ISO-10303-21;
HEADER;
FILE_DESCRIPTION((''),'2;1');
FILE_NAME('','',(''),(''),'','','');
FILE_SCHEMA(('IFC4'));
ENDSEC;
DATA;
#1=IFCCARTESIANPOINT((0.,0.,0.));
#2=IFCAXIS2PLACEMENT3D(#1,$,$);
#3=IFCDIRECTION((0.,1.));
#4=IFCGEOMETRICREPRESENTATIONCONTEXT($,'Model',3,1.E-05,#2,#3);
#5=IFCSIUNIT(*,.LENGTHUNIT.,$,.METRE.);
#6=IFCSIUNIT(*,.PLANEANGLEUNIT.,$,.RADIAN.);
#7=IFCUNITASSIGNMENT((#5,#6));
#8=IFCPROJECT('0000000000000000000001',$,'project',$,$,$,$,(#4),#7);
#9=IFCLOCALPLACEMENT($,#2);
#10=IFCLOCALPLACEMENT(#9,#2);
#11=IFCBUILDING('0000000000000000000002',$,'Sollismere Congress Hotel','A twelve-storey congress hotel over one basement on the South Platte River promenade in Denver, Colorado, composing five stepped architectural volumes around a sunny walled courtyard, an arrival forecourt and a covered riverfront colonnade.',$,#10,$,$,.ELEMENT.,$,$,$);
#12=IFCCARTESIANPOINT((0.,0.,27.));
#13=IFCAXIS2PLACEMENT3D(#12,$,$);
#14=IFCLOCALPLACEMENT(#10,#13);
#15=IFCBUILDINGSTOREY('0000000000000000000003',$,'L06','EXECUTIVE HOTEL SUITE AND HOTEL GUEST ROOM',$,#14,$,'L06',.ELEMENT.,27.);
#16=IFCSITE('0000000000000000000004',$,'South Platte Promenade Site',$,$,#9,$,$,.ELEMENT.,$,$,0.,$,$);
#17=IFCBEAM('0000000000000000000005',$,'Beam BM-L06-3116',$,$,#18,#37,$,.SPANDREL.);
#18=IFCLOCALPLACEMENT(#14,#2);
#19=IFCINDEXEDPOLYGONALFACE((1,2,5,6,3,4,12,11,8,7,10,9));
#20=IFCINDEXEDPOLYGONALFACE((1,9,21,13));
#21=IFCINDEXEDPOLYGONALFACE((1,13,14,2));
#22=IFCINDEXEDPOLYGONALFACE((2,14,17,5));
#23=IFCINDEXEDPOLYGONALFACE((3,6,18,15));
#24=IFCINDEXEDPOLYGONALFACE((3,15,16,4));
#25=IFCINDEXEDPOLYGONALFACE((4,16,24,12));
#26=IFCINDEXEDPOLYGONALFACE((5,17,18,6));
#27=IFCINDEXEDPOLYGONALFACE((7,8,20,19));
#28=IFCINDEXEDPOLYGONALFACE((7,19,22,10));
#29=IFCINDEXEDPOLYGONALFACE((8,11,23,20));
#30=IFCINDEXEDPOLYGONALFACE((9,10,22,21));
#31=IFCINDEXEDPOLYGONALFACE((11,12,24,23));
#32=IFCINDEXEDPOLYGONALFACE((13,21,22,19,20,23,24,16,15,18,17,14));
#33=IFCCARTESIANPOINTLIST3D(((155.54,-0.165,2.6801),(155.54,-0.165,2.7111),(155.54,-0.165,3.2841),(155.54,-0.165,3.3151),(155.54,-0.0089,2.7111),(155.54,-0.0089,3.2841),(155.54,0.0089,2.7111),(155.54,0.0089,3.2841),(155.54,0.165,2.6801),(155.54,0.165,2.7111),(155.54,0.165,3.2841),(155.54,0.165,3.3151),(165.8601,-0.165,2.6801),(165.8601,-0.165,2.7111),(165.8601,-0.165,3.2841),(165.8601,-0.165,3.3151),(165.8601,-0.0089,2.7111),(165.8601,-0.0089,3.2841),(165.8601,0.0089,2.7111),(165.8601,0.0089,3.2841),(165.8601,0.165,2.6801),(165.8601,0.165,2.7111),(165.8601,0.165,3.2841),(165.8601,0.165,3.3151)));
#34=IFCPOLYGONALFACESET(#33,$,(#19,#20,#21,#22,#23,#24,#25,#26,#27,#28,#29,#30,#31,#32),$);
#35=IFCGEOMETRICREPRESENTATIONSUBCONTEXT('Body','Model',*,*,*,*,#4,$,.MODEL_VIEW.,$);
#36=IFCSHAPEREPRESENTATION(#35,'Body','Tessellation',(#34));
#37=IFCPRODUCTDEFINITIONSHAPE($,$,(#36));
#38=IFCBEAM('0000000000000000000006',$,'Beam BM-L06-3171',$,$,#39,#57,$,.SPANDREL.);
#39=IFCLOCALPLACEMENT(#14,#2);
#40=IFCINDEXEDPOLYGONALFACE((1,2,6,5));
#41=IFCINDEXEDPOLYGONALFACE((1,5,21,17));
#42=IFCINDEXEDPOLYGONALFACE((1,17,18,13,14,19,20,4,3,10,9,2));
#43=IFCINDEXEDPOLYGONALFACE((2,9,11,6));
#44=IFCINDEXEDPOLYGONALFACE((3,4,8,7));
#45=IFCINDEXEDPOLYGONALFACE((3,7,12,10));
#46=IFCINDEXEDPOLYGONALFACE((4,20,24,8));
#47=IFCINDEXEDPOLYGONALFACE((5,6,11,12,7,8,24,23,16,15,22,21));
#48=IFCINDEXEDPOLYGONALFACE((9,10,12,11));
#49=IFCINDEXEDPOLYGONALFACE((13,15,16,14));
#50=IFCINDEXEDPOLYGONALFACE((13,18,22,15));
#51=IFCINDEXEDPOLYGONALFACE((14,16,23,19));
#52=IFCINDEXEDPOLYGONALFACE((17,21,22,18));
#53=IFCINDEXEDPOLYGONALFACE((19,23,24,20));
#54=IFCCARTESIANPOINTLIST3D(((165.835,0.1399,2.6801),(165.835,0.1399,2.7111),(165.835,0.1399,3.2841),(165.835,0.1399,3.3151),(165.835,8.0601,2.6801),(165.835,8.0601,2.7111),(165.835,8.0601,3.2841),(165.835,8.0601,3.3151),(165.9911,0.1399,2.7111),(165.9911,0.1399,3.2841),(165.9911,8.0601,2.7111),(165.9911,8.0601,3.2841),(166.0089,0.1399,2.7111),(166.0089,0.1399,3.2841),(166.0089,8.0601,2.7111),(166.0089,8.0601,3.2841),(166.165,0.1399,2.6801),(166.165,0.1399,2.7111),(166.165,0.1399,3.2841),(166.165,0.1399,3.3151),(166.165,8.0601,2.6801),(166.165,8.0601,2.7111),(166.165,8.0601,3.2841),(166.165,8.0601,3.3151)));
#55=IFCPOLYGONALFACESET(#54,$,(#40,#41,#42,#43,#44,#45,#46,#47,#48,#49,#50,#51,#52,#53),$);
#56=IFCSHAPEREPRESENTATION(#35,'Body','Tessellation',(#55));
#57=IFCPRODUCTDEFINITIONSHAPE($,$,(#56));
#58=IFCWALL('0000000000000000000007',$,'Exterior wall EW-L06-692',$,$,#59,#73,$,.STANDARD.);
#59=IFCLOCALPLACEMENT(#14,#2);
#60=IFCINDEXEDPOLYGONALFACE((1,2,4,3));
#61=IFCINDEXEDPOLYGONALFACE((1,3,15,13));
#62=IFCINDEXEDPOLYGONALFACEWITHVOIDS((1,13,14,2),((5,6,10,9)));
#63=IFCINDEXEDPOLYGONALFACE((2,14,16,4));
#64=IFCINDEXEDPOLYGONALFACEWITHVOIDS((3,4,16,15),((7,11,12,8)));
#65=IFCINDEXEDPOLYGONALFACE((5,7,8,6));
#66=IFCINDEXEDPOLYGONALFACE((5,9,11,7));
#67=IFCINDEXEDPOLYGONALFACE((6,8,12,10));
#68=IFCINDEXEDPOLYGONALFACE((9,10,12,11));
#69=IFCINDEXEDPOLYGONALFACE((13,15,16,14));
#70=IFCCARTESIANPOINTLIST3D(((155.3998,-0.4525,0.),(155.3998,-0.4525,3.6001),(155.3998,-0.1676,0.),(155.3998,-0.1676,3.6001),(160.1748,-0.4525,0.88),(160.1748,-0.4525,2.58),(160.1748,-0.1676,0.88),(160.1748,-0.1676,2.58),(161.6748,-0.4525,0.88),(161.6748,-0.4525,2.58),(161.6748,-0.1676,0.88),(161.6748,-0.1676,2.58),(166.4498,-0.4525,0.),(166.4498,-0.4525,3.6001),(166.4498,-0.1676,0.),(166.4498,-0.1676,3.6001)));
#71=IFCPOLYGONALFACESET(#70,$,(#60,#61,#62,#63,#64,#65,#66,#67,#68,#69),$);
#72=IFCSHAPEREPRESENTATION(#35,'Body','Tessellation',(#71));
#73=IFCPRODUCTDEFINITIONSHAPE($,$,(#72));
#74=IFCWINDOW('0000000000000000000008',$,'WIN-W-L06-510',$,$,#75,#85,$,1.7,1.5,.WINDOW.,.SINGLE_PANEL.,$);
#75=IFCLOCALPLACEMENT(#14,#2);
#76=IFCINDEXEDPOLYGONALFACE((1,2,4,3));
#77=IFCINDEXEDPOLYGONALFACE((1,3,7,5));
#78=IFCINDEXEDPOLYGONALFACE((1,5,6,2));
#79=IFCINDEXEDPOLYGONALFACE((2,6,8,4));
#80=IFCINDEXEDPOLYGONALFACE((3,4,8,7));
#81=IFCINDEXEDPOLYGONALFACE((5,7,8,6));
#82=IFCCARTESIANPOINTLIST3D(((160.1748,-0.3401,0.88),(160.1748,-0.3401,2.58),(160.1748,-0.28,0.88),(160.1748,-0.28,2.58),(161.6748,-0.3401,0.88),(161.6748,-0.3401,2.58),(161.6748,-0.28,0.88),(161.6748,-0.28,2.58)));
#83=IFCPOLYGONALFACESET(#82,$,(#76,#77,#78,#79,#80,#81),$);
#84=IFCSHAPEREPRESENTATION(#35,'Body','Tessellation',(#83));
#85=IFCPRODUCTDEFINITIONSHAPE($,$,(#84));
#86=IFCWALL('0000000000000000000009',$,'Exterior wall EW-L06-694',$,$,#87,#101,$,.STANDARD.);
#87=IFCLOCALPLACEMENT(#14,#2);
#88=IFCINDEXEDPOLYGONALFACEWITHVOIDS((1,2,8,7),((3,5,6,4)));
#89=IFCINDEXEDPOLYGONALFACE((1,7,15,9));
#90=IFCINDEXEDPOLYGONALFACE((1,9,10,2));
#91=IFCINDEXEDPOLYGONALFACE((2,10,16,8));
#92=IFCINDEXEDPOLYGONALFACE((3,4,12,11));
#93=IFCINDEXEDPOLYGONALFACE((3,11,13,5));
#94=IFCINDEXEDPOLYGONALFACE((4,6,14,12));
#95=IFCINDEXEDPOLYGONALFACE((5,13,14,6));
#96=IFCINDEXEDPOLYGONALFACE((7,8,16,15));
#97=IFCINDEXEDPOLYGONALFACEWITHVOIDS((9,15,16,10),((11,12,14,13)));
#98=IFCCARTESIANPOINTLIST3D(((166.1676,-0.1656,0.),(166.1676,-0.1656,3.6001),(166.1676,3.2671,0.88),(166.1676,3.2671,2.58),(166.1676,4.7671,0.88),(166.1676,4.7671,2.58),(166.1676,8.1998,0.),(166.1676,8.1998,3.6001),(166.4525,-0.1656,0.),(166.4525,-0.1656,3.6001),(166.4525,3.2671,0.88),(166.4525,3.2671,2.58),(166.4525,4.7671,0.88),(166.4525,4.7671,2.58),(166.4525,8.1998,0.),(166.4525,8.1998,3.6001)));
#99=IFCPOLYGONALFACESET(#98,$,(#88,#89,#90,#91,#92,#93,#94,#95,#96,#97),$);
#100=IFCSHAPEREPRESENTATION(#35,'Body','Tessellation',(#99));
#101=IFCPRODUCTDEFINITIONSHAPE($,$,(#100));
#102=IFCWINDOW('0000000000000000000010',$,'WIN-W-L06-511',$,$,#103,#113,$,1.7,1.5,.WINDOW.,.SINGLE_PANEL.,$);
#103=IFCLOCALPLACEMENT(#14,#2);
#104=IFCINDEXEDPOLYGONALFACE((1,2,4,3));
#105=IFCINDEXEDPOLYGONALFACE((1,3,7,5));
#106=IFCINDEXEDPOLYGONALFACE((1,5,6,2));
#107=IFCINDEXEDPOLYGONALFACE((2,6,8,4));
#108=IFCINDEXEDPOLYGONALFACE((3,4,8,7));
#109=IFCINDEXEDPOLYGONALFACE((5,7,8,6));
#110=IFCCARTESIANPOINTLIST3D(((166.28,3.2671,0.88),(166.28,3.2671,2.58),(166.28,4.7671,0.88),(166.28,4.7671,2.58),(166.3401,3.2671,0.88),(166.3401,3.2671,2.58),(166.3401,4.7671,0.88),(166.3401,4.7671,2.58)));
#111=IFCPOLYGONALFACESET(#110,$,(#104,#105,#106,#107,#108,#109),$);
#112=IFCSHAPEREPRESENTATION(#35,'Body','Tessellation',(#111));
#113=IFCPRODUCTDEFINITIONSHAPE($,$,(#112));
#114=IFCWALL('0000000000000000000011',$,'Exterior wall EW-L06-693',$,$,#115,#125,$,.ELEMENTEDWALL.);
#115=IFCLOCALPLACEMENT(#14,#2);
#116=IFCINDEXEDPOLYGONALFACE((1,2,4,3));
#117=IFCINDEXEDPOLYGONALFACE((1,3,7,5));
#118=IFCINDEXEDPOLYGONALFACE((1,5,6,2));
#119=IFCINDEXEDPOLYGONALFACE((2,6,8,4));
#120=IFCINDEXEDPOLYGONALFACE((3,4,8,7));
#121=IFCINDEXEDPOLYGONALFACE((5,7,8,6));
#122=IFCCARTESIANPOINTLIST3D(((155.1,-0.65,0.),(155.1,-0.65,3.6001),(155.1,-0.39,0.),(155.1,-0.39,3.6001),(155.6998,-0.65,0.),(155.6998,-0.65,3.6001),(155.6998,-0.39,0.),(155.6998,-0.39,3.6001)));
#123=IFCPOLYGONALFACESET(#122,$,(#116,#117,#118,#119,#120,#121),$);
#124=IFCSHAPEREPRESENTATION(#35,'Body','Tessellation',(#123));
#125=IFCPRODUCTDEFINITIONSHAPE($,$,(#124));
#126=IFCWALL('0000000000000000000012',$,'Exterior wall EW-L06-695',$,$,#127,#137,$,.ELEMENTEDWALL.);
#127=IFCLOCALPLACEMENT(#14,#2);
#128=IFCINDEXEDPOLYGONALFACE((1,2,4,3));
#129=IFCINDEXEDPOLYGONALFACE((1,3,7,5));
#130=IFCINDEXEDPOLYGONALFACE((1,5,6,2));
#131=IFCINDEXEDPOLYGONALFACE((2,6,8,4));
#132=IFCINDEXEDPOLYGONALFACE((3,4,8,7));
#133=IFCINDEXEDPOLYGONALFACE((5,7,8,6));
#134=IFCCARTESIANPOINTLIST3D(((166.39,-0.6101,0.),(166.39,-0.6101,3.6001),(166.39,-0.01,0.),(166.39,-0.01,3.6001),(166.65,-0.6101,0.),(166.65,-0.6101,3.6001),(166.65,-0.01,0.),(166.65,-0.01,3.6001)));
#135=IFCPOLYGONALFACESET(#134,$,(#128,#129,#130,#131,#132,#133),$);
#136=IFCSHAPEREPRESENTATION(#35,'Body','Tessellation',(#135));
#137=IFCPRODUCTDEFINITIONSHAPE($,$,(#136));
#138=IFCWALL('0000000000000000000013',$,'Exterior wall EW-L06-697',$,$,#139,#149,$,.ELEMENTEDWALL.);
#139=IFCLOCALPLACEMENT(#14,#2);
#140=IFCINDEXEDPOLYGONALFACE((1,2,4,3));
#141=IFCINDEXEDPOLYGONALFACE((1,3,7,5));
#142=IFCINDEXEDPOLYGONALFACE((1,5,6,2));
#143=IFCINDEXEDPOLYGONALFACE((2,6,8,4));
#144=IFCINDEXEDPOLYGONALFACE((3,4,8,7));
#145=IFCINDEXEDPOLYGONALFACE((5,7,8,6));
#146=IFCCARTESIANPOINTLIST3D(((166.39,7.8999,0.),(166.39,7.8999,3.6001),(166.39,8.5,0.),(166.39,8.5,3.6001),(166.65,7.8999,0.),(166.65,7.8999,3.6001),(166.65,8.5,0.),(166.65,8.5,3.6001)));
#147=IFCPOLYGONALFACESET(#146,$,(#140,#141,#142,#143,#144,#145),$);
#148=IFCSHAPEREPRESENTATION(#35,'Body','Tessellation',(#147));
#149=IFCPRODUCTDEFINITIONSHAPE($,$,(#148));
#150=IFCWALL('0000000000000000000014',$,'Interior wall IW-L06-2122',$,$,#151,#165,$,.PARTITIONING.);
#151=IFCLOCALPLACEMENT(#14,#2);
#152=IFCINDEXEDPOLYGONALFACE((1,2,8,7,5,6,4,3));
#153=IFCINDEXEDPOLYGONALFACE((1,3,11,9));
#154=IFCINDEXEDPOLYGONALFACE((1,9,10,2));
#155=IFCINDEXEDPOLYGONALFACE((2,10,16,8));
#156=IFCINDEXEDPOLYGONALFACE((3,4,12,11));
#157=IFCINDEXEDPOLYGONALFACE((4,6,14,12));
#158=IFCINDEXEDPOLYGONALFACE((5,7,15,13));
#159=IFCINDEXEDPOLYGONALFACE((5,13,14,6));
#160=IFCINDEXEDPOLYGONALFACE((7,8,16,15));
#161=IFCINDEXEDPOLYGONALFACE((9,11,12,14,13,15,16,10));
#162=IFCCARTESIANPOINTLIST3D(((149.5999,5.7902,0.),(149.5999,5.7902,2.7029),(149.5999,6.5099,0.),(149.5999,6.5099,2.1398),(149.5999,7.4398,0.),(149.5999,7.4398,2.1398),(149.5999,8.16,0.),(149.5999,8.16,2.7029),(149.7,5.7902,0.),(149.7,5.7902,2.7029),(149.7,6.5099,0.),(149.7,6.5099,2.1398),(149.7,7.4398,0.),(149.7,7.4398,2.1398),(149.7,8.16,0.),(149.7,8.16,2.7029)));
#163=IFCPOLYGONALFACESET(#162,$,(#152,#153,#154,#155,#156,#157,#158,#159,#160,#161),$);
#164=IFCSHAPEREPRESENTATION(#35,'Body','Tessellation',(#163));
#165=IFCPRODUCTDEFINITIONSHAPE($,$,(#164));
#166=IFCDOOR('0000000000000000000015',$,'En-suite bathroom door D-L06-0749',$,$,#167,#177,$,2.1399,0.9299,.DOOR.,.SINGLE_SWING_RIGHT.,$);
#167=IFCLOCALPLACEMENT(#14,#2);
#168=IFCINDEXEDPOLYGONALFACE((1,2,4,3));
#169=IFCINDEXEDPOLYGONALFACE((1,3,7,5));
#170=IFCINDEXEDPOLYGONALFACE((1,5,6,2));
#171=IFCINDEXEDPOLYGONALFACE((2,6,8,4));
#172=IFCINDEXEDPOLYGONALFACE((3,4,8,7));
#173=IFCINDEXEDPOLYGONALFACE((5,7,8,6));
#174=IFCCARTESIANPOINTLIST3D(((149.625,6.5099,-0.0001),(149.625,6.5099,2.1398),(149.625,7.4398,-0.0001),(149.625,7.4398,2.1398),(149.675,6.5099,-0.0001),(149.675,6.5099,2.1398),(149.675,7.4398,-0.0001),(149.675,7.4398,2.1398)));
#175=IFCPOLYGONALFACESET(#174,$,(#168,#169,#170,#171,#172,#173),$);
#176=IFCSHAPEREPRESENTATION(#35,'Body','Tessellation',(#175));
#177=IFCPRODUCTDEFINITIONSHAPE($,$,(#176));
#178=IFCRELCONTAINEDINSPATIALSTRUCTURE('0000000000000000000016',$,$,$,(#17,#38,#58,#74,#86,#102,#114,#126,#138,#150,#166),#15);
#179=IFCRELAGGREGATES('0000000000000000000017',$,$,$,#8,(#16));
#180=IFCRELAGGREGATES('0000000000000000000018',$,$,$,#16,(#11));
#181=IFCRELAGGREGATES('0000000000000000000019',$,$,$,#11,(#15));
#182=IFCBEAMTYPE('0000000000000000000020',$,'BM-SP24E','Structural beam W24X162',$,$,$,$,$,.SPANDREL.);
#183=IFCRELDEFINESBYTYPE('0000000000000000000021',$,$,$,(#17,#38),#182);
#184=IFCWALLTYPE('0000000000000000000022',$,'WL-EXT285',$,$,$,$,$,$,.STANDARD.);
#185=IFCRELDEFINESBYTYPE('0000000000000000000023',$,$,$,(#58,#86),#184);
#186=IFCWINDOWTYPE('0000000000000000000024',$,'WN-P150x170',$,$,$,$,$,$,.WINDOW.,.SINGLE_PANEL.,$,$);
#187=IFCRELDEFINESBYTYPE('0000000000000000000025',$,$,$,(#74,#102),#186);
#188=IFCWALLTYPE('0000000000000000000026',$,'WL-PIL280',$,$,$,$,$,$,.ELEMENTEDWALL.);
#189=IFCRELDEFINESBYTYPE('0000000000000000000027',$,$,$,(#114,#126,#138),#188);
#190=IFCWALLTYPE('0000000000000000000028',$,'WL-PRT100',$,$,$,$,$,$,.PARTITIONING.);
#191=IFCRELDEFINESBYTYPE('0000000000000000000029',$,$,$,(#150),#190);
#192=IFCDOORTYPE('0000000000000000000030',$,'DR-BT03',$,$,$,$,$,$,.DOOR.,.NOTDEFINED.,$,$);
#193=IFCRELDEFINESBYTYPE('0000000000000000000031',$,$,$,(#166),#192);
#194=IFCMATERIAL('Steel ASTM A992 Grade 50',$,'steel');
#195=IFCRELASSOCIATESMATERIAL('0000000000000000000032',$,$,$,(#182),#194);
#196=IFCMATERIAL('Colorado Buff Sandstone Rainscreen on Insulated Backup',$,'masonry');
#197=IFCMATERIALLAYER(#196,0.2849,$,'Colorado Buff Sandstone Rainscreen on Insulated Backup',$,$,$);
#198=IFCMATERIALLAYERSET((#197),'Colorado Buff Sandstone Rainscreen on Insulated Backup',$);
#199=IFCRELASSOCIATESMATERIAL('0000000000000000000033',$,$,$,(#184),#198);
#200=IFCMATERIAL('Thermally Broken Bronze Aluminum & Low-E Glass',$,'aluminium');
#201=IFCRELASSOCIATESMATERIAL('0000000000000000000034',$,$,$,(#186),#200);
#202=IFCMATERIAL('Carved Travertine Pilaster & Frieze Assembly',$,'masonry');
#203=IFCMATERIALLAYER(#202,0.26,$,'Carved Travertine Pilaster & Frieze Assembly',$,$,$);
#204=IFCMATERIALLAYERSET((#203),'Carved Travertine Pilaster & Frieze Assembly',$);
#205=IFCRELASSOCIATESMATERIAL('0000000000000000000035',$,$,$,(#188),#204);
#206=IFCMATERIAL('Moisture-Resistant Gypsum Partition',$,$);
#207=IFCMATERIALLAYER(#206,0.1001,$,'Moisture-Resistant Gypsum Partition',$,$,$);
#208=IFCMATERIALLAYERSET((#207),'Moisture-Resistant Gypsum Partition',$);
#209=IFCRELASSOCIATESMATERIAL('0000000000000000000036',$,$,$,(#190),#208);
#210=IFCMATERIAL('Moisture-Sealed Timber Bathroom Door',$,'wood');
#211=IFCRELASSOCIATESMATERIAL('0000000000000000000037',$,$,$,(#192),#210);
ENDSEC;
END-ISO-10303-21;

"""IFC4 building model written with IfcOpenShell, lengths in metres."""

from ifc_helpers import new_model, si_unit, direction, frame, frame_2d, origin, origin_2d, place, context, subcontext, project, spatial, rectangle, i_section, extrude, material, layer, layer_set, material_profile, profile_set, type_object, element, fill, save


model = new_model("IFC4")

# Units and contexts
model_context = context("Model", 3, precision=1e-05, world=origin(), true_north=direction((0.0, 1.0)))
body_context = subcontext(model_context, "Body", "Model", "MODEL_VIEW")
ifc_project = project(units=[si_unit("LENGTHUNIT", "METRE"), si_unit("PLANEANGLEUNIT", "RADIAN")], contexts=[model_context])

# Site, building, storey
site_placement = place(None, origin())
site = spatial("IfcSite", under=ifc_project, at=site_placement, Name="South Platte Promenade Site", CompositionType="ELEMENT", RefElevation=0.0)
building_placement = place(site_placement, origin())
building = spatial("IfcBuilding", under=site, at=building_placement, Name="Sollismere Congress Hotel", Description="A twelve-storey congress hotel over one basement on the South Platte River promenade in Denver, Colorado, composing five stepped architectural volumes around a sunny walled courtyard, an arrival forecourt and a covered riverfront colonnade.", CompositionType="ELEMENT")
storey_placement = place(building_placement, frame((0.0, 0.0, 27.0)))
storey = spatial("IfcBuildingStorey", under=building, at=storey_placement, Name="L06", Description="EXECUTIVE HOTEL SUITE AND HOTEL GUEST ROOM", LongName="L06", CompositionType="ELEMENT", Elevation=27.0)

# Shared definitions
ifc_material_1 = material(Name="Steel ASTM A992 Grade 50", Category="steel")

# Beams
ifc_material_profile_1 = material_profile(ifc_material_1, i_section(OverallWidth=0.3301, OverallDepth=0.635, WebThickness=0.0178, FlangeThickness=0.031, at=origin_2d()), Name="W24X162")
ifc_profile_set_1 = profile_set([ifc_material_profile_1], Name="Steel ASTM A992 Grade 50")
beam_type_1 = type_object("IfcBeamType", Name="BM-SP24E", Description="Structural beam W24X162", PredefinedType="SPANDREL", material=ifc_profile_set_1)
beam_1_placement = place(storey_placement, frame((155.54, 0.0, 2.9976), z_axis=(1.0, 0.0, 0.0), x_axis=(0.0, 1.0, 0.0)))
element("IfcBeam", 1, at=beam_1_placement, inside=storey, type_object=beam_type_1, Name="Beam BM-L06-3116", PredefinedType="SPANDREL", context=body_context, shape_type="SweptSolid", body=[
    extrude(i_section(OverallWidth=0.3301, OverallDepth=0.635, WebThickness=0.0178, FlangeThickness=0.031, at=origin_2d()), origin(), (0.0, 0.0, 1.0), 10.3201),
])
beam_2_placement = place(storey_placement, frame((166.0, 0.1399, 2.9976), z_axis=(0.0, 1.0, 0.0), x_axis=(-1.0, 0.0, 0.0)))
element("IfcBeam", 2, at=beam_2_placement, inside=storey, type_object=beam_type_1, Name="Beam BM-L06-3171", PredefinedType="SPANDREL", context=body_context, shape_type="SweptSolid", body=[
    extrude(i_section(OverallWidth=0.3301, OverallDepth=0.635, WebThickness=0.0178, FlangeThickness=0.031, at=origin_2d()), origin(), (0.0, 0.0, 1.0), 7.9202),
])

# Walls, openings, windows
ifc_material_2 = material(Name="Colorado Buff Sandstone Rainscreen on Insulated Backup", Category="masonry")
ifc_layer_1 = layer(ifc_material_2, 0.2849, Name="Colorado Buff Sandstone Rainscreen on Insulated Backup")
ifc_layer_set_1 = layer_set([ifc_layer_1], Name="Colorado Buff Sandstone Rainscreen on Insulated Backup")
wall_type_1 = type_object("IfcWallType", Name="WL-EXT285", PredefinedType="STANDARD", material=ifc_layer_set_1)
wall_1_placement = place(storey_placement, frame((155.3999, -0.3101, 0.0), z_axis=(0.0, 0.0, 1.0), x_axis=(1.0, 0.0, 0.0)))
wall_1 = element("IfcWall", 3, at=wall_1_placement, inside=storey, type_object=wall_type_1, Name="Exterior wall EW-L06-692", PredefinedType="STANDARD", context=body_context, shape_type="SweptSolid", body=[
    extrude(rectangle(XDim=11.05, YDim=0.2849, at=frame_2d((5.5249, 0.0))), origin(), (0.0, 0.0, 1.0), 3.6001),
])
opening_1_placement = place(wall_1_placement, frame((4.7749, 0.0, 0.8799)))
opening_1 = element("IfcOpeningElement", 4, at=opening_1_placement, cuts=wall_1, PredefinedType="OPENING", context=body_context, shape_type="SweptSolid", body=[
    extrude(rectangle(XDim=1.5, YDim=1.7, at=frame_2d((0.75, 0.8501))), frame((0.0, 0.1523, 0.0), z_axis=(0.0, -1.0, 0.0), x_axis=(1.0, 0.0, 0.0)), (0.0, 0.0, 1.0), 0.3049),
])
ifc_material_3 = material(Name="Thermally Broken Bronze Aluminum & Low-E Glass", Category="aluminium")
window_type = type_object("IfcWindowType", Name="WN-P150x170", PartitioningType="SINGLE_PANEL", PredefinedType="WINDOW", material=ifc_material_3)
window_1_placement = place(opening_1_placement, origin())
window_1 = element("IfcWindow", 5, at=window_1_placement, inside=storey, type_object=window_type, Name="WIN-W-L06-510", OverallHeight=1.7, OverallWidth=1.5, PartitioningType="SINGLE_PANEL", PredefinedType="WINDOW", context=body_context, shape_type="SweptSolid", body=[
    extrude(rectangle(XDim=1.5, YDim=1.7, at=frame_2d((0.75, 0.8501))), frame((0.0, 0.03, 0.0), z_axis=(0.0, -1.0, 0.0), x_axis=(1.0, 0.0, 0.0)), (0.0, 0.0, 1.0), 0.0601),
])
fill(opening_1, window_1)
wall_2_placement = place(storey_placement, frame((166.3101, -0.1655, 0.0), z_axis=(0.0, 0.0, 1.0), x_axis=(0.0, 1.0, 0.0)))
wall_2 = element("IfcWall", 6, at=wall_2_placement, inside=storey, type_object=wall_type_1, Name="Exterior wall EW-L06-694", PredefinedType="STANDARD", context=body_context, shape_type="SweptSolid", body=[
    extrude(rectangle(XDim=8.3655, YDim=0.2849, at=frame_2d((4.1826, 0.0))), origin(), (0.0, 0.0, 1.0), 3.6001),
])
opening_2_placement = place(wall_2_placement, frame((3.4326, 0.0, 0.8799)))
opening_2 = element("IfcOpeningElement", 7, at=opening_2_placement, cuts=wall_2, PredefinedType="OPENING", context=body_context, shape_type="SweptSolid", body=[
    extrude(rectangle(XDim=1.5, YDim=1.7, at=frame_2d((0.75, 0.8501))), frame((0.0, 0.1523, 0.0), z_axis=(0.0, -1.0, 0.0), x_axis=(1.0, 0.0, 0.0)), (0.0, 0.0, 1.0), 0.3049),
])
window_2_placement = place(opening_2_placement, origin())
window_2 = element("IfcWindow", 8, at=window_2_placement, inside=storey, type_object=window_type, Name="WIN-W-L06-511", OverallHeight=1.7, OverallWidth=1.5, PartitioningType="SINGLE_PANEL", PredefinedType="WINDOW", context=body_context, shape_type="SweptSolid", body=[
    extrude(rectangle(XDim=1.5, YDim=1.7, at=frame_2d((0.75, 0.8501))), frame((0.0, 0.03, 0.0), z_axis=(0.0, -1.0, 0.0), x_axis=(1.0, 0.0, 0.0)), (0.0, 0.0, 1.0), 0.0601),
])
fill(opening_2, window_2)

# Walls
ifc_material_4 = material(Name="Carved Travertine Pilaster & Frieze Assembly", Category="masonry")
ifc_layer_2 = layer(ifc_material_4, 0.26, Name="Carved Travertine Pilaster & Frieze Assembly")
ifc_layer_set_2 = layer_set([ifc_layer_2], Name="Carved Travertine Pilaster & Frieze Assembly")
wall_type_2 = type_object("IfcWallType", Name="WL-PIL280", PredefinedType="ELEMENTEDWALL", material=ifc_layer_set_2)
wall_3_placement = place(storey_placement, frame((155.1001, -0.52, 0.0), z_axis=(0.0, 0.0, 1.0), x_axis=(1.0, 0.0, 0.0)))
element("IfcWall", 9, at=wall_3_placement, inside=storey, type_object=wall_type_2, Name="Exterior wall EW-L06-693", PredefinedType="ELEMENTEDWALL", context=body_context, shape_type="SweptSolid", body=[
    extrude(rectangle(XDim=0.5999, YDim=0.26, at=frame_2d((0.2998, 0.0))), origin(), (0.0, 0.0, 1.0), 3.6001),
])
for number, where, z_axis, x_axis, name in (
    (10, (166.52, -0.6101, 0.0), (0.0, 0.0, 1.0), (0.0, 1.0, 0.0), "Exterior wall EW-L06-695"),
    (11, (166.52, 7.8999, 0.0), (0.0, 0.0, 1.0), (0.0, 1.0, 0.0), "Exterior wall EW-L06-697"),
):
    element("IfcWall", number, at=place(storey_placement, frame(where, z_axis=z_axis, x_axis=x_axis)), inside=storey, type_object=wall_type_2, Name=name, PredefinedType="ELEMENTEDWALL", context=body_context, shape_type="SweptSolid", body=[
        extrude(rectangle(XDim=0.6001, YDim=0.26, at=frame_2d((0.3, 0.0))), origin(), (0.0, 0.0, 1.0), 3.6001),
    ])

# Wall, opening, door
ifc_material_5 = material(Name="Moisture-Resistant Gypsum Partition")
ifc_layer_3 = layer(ifc_material_5, 0.1001, Name="Moisture-Resistant Gypsum Partition")
ifc_layer_set_3 = layer_set([ifc_layer_3], Name="Moisture-Resistant Gypsum Partition")
wall_type_3 = type_object("IfcWallType", Name="WL-PRT100", PredefinedType="PARTITIONING", material=ifc_layer_set_3)
wall_4_placement = place(storey_placement, frame((149.6499, 5.79, 0.0), z_axis=(0.0, 0.0, 1.0), x_axis=(0.0, 1.0, 0.0)))
wall_4 = element("IfcWall", 12, at=wall_4_placement, inside=storey, type_object=wall_type_3, Name="Interior wall IW-L06-2122", PredefinedType="PARTITIONING", context=body_context, shape_type="SweptSolid", body=[
    extrude(rectangle(XDim=2.3699, YDim=0.1001, at=frame_2d((1.1851, 0.0))), origin(), (0.0, 0.0, 1.0), 2.7029),
])
opening_3_placement = place(wall_4_placement, frame((0.72, 0.0, 0.0)))
opening_3 = element("IfcOpeningElement", 13, at=opening_3_placement, cuts=wall_4, PredefinedType="OPENING", context=body_context, shape_type="SweptSolid", body=[
    extrude(rectangle(XDim=0.9299, YDim=2.1399, at=frame_2d((0.4648, 1.0698))), frame((0.0, 0.0601, 0.0), z_axis=(0.0, -1.0, 0.0), x_axis=(1.0, 0.0, 0.0)), (0.0, 0.0, 1.0), 0.1201),
])
ifc_material_6 = material(Name="Moisture-Sealed Timber Bathroom Door", Category="wood")
door_type_1 = type_object("IfcDoorType", Name="DR-BT03", OperationType="NOTDEFINED", PredefinedType="DOOR", material=ifc_material_6)
door_1_placement = place(opening_3_placement, origin())
door_1 = element("IfcDoor", 14, at=door_1_placement, inside=storey, type_object=door_type_1, Name="En-suite bathroom door D-L06-0749", OperationType="SINGLE_SWING_RIGHT", OverallHeight=2.1399, OverallWidth=0.9299, PredefinedType="DOOR", context=body_context, shape_type="SweptSolid", body=[
    extrude(rectangle(XDim=0.9299, YDim=2.1399, at=frame_2d((0.4648, 1.0698))), frame((0.0, 0.0249, 0.0), z_axis=(0.0, -1.0, 0.0), x_axis=(1.0, 0.0, 0.0)), (0.0, 0.0, 1.0), 0.05),
])
fill(opening_3, door_1)

save(model, "model.ifc")
